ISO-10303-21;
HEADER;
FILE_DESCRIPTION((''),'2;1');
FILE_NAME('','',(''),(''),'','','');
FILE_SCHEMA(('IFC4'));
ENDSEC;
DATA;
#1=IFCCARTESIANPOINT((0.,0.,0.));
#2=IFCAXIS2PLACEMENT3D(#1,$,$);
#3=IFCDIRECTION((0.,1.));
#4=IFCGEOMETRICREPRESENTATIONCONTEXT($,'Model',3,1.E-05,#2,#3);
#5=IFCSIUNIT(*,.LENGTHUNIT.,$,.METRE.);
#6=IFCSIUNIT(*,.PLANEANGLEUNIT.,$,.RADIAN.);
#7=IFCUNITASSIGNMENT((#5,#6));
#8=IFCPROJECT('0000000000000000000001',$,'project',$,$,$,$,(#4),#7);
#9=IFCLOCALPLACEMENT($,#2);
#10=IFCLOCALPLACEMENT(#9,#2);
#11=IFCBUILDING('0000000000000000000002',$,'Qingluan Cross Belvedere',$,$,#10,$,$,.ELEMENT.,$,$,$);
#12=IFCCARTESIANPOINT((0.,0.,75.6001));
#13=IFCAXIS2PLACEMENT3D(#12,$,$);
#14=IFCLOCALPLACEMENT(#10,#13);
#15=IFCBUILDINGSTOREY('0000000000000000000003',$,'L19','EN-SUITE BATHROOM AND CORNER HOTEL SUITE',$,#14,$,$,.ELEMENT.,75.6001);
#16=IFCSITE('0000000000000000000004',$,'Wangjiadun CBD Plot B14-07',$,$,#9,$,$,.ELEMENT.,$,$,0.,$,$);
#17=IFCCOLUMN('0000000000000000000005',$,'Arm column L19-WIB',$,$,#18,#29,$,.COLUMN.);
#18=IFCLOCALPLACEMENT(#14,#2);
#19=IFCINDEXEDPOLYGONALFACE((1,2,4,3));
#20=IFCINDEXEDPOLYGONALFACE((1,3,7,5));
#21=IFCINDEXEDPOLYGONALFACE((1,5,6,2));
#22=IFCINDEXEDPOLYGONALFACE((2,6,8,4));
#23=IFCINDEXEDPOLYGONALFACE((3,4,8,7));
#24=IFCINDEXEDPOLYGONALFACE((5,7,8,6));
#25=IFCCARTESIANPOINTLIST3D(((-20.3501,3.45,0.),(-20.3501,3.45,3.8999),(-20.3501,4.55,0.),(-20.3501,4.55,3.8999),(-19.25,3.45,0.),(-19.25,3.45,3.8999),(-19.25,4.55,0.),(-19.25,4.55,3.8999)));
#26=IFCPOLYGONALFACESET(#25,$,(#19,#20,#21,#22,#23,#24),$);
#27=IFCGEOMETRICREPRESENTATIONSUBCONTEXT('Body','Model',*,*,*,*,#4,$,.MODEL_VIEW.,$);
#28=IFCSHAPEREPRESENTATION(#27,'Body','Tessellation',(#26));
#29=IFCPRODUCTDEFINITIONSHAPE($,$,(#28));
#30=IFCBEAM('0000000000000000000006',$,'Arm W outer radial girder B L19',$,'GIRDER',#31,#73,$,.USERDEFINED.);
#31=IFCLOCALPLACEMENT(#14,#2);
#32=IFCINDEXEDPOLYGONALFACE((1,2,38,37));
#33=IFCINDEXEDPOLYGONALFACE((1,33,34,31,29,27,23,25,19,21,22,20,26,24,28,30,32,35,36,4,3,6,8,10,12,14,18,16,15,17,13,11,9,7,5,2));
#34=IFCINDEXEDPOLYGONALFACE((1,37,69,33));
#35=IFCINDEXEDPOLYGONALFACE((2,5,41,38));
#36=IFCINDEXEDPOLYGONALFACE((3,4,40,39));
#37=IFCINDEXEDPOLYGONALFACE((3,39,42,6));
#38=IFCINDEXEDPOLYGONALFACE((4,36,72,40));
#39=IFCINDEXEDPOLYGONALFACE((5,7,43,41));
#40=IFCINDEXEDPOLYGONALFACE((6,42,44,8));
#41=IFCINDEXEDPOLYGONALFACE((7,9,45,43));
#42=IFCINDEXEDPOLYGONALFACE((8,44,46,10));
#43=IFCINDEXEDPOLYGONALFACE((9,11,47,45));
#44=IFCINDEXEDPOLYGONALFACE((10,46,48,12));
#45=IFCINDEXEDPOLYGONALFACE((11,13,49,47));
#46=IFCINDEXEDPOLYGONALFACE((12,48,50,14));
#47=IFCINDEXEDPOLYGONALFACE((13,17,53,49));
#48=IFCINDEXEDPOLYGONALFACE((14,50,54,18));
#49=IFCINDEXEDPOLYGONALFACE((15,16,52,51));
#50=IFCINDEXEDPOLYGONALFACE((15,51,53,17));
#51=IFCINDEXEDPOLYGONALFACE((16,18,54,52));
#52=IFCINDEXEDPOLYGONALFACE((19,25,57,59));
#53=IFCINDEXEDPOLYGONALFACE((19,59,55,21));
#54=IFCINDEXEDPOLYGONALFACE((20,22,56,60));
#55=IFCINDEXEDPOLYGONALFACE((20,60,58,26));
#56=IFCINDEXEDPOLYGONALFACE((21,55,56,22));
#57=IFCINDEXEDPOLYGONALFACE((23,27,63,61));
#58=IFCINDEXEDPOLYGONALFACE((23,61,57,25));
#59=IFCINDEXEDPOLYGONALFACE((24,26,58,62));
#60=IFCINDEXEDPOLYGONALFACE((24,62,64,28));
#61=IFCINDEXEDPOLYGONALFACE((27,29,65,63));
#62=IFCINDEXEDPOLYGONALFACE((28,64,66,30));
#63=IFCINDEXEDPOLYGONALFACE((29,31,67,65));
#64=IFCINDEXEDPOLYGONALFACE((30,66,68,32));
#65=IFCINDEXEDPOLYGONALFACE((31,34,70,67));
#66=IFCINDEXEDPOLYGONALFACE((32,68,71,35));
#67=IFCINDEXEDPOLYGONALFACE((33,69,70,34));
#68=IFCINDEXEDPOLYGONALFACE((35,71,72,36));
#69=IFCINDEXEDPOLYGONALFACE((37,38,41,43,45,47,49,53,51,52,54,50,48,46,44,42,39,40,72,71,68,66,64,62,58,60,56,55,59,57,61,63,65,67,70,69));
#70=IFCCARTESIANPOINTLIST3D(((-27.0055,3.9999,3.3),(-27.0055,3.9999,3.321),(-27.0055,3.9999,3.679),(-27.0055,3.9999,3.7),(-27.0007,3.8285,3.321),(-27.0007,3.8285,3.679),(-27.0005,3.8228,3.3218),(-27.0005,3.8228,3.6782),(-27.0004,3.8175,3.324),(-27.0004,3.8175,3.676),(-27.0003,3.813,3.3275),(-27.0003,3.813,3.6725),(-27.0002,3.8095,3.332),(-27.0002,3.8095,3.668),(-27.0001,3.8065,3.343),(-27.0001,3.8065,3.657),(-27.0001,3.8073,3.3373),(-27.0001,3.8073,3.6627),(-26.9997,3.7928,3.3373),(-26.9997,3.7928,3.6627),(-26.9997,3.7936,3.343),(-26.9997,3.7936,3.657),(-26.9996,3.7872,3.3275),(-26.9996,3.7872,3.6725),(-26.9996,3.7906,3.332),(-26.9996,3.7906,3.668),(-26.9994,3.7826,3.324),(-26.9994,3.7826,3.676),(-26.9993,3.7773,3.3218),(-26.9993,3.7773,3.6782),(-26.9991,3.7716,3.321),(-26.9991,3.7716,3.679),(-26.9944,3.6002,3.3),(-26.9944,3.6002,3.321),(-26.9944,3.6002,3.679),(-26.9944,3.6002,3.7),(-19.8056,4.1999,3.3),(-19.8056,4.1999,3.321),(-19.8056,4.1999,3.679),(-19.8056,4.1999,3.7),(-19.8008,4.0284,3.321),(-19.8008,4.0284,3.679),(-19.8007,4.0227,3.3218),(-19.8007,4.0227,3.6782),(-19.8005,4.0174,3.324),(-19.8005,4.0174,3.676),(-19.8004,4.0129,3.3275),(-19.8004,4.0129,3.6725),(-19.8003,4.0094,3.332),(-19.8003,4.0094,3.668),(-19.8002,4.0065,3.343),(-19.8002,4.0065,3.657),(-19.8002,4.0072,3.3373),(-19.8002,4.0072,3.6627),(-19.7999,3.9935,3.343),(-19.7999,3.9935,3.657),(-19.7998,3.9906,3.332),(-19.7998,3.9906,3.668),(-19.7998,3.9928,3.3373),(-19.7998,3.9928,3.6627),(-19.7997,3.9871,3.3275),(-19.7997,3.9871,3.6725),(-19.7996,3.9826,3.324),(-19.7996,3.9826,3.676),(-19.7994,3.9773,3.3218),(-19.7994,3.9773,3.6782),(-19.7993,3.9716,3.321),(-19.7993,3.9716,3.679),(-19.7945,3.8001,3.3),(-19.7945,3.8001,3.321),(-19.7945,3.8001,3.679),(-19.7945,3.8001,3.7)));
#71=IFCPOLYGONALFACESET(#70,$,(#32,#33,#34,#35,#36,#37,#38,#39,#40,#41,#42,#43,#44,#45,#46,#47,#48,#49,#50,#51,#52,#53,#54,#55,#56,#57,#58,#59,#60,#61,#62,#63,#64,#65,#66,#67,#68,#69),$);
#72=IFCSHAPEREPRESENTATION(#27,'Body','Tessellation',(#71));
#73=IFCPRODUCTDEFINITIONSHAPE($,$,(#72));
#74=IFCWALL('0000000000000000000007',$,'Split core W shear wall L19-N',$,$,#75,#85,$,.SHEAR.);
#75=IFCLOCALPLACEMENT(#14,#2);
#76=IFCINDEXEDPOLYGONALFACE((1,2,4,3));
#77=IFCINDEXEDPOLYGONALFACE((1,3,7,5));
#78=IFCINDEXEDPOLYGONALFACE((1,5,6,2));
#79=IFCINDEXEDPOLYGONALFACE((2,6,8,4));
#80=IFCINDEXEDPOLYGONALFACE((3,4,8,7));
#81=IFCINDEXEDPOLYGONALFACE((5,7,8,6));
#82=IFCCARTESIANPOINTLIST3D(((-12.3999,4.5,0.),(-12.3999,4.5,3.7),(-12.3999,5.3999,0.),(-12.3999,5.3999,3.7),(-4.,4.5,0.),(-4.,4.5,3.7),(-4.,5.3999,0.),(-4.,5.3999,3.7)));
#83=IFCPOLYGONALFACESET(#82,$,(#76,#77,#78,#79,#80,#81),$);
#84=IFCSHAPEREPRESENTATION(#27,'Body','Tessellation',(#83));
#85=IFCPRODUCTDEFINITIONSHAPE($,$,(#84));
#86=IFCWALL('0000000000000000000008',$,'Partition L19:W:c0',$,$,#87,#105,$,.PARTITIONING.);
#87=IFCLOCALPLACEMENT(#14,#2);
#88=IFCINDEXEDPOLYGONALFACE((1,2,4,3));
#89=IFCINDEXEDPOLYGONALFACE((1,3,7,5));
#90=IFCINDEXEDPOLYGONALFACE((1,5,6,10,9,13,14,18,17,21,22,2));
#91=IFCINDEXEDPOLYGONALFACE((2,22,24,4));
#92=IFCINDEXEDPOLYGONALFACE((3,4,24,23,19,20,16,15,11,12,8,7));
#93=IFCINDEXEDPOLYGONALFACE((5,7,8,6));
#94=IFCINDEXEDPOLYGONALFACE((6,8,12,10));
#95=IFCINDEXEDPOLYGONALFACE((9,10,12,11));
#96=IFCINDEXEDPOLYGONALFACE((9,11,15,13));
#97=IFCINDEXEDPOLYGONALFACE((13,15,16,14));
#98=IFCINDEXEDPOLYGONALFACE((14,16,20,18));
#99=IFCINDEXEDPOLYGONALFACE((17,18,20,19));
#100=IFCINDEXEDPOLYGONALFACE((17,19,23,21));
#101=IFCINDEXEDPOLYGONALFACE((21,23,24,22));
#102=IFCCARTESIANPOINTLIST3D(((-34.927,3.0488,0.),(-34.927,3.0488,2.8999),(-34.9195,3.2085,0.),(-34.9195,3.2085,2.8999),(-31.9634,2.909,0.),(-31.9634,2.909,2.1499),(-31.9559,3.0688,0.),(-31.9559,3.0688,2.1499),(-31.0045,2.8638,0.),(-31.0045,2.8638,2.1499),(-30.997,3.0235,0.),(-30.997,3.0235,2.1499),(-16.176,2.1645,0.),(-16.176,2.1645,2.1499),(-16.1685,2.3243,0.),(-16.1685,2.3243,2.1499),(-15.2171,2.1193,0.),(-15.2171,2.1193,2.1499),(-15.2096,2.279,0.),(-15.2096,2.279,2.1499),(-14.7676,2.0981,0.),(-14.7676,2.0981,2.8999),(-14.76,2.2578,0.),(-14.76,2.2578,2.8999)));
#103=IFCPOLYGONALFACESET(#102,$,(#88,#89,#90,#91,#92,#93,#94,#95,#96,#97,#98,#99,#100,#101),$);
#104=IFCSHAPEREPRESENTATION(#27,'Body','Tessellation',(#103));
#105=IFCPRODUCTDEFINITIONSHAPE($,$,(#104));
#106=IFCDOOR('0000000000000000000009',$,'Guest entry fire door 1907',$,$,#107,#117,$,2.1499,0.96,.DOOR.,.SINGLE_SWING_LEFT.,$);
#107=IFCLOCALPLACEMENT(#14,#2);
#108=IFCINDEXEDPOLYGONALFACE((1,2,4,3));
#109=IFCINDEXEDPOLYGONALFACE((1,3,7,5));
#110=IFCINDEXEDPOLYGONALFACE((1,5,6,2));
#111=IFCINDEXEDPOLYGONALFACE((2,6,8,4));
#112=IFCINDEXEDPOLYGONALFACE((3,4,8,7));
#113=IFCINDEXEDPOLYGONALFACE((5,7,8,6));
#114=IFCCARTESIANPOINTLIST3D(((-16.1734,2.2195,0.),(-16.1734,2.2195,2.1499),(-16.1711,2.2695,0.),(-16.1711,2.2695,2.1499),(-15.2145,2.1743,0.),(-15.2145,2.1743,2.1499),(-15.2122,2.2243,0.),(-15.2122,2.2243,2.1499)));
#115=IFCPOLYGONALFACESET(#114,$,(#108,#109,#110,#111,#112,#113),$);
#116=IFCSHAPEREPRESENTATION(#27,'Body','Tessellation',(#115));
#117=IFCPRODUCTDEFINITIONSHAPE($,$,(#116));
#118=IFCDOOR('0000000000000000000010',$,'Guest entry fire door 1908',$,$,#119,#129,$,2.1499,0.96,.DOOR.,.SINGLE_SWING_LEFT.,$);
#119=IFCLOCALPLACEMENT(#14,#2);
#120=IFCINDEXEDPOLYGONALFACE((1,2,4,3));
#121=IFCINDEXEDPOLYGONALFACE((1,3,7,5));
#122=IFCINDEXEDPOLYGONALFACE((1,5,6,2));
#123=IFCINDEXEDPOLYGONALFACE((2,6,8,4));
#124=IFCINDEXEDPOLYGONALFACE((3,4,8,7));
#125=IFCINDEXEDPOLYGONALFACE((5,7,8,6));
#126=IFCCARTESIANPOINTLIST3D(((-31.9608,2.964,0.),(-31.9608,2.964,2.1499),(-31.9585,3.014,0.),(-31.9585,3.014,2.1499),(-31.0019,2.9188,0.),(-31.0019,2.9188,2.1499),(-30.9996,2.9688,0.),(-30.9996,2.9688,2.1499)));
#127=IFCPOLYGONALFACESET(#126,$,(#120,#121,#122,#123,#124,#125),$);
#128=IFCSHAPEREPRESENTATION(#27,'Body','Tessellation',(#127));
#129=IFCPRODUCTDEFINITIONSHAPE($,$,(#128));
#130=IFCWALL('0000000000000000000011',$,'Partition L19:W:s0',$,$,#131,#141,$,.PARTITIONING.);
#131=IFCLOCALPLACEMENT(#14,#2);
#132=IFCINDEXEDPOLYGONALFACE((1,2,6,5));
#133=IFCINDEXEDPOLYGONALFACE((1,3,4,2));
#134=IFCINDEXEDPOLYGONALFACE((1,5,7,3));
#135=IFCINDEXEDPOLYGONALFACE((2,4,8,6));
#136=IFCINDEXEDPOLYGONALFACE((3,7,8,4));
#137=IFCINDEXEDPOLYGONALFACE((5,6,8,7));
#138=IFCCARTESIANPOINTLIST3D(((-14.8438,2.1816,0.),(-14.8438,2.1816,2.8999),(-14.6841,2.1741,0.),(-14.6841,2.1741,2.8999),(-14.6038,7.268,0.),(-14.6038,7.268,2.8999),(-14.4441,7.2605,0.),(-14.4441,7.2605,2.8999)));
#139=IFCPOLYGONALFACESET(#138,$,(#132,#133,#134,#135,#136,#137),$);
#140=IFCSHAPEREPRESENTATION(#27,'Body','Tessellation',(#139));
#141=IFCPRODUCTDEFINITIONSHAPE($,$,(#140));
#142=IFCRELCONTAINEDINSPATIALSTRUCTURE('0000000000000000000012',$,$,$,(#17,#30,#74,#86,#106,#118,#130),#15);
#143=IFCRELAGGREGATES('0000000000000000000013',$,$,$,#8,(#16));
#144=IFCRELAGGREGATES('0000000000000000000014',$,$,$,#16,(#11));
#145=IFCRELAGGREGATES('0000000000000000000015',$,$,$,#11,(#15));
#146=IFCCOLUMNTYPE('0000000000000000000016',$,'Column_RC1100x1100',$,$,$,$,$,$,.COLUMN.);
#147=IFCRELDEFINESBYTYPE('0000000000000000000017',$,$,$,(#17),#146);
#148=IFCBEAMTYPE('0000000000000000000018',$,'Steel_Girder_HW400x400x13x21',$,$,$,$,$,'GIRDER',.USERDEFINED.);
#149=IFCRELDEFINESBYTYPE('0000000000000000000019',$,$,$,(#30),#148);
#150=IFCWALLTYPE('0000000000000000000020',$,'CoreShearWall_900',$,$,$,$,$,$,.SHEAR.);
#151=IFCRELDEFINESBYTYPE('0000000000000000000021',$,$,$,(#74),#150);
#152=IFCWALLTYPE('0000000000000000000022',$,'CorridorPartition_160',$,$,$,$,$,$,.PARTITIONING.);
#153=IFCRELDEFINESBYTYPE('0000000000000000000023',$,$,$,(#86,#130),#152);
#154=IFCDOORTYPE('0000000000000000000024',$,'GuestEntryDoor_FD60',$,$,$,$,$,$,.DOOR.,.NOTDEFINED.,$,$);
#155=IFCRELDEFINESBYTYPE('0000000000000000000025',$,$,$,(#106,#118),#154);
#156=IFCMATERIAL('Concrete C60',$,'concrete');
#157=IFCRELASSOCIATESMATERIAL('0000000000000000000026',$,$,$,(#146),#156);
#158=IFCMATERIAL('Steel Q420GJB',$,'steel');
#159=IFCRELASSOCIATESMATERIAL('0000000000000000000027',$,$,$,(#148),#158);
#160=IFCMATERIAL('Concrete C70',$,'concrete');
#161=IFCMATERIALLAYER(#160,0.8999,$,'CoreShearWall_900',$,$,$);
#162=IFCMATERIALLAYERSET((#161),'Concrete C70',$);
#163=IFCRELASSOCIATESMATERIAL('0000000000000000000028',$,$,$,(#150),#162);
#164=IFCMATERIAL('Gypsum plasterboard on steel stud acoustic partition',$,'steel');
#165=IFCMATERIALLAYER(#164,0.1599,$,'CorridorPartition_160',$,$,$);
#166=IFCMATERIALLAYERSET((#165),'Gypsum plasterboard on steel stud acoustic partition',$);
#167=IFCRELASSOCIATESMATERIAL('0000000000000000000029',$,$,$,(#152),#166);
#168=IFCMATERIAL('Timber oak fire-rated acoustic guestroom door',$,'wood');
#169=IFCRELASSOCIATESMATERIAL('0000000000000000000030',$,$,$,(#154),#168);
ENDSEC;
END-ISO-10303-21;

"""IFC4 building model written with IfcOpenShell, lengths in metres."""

from ifc_helpers import new_model, si_unit, direction, frame, frame_2d, origin, origin_2d, place, context, subcontext, project, spatial, rectangle, i_section, extrude, material, layer, layer_set, material_profile, profile_set, type_object, element, fill, save


model = new_model("IFC4")

# Units and contexts
model_context = context("Model", 3, precision=1e-05, world=origin(), true_north=direction((0.0, 1.0)))
body_context = subcontext(model_context, "Body", "Model", "MODEL_VIEW")
ifc_project = project(units=[si_unit("LENGTHUNIT", "METRE"), si_unit("PLANEANGLEUNIT", "RADIAN")], contexts=[model_context])

# Site, building, storey
site_placement = place(None, origin())
site = spatial("IfcSite", under=ifc_project, at=site_placement, Name="Wangjiadun CBD Plot B14-07", CompositionType="ELEMENT", RefElevation=0.0)
building_placement = place(site_placement, origin())
building = spatial("IfcBuilding", under=site, at=building_placement, Name="Qingluan Cross Belvedere", CompositionType="ELEMENT")
storey_placement = place(building_placement, frame((0.0, 0.0, 75.6001)))
storey = spatial("IfcBuildingStorey", under=building, at=storey_placement, Name="L19", Description="EN-SUITE BATHROOM AND CORNER HOTEL SUITE", CompositionType="ELEMENT", Elevation=75.6001)

# Column
ifc_material_1 = material(Name="Concrete C60", Category="concrete")
ifc_material_profile_1 = material_profile(ifc_material_1, rectangle(XDim=1.1001, YDim=1.1001, at=origin_2d()), Name="RC1100x1100")
ifc_profile_set_1 = profile_set([ifc_material_profile_1], Name="Concrete C60")
column_type = type_object("IfcColumnType", Name="Column_RC1100x1100", PredefinedType="COLUMN", material=ifc_profile_set_1)
column_placement = place(storey_placement, frame((-19.8, 4.0, 0.0), z_axis=(0.0, 0.0, 1.0), x_axis=(1.0, 0.0, 0.0)))
element("IfcColumn", 1, at=column_placement, inside=storey, type_object=column_type, Name="Arm column L19-WIB", PredefinedType="COLUMN", context=body_context, shape_type="SweptSolid", body=[
    extrude(rectangle(XDim=1.1001, YDim=1.1001, at=origin_2d()), origin(), (0.0, 0.0, 1.0), 3.8999),
])

# Beam
ifc_material_2 = material(Name="Steel Q420GJB", Category="steel")
ifc_material_profile_2 = material_profile(ifc_material_2, i_section(OverallWidth=0.3999, OverallDepth=0.3999, WebThickness=0.0129, FlangeThickness=0.021, FilletRadius=0.022, at=origin_2d()), Name="HW400x400x13x21")
ifc_profile_set_2 = profile_set([ifc_material_profile_2], Name="Steel Q420GJB")
beam_type = type_object("IfcBeamType", Name="Steel_Girder_HW400x400x13x21", ElementType="GIRDER", PredefinedType="USERDEFINED", material=ifc_profile_set_2)
beam_placement = place(storey_placement, frame((-19.8, 4.0, 3.5), z_axis=(-0.999615, -0.02776, 0.0), x_axis=(0.02776, -0.999615, 0.0)))
element("IfcBeam", 2, at=beam_placement, inside=storey, type_object=beam_type, Name="Arm W outer radial girder B L19", ObjectType="GIRDER", PredefinedType="USERDEFINED", context=body_context, shape_type="SweptSolid", body=[
    extrude(i_section(OverallWidth=0.3999, OverallDepth=0.3999, WebThickness=0.0129, FlangeThickness=0.021, FilletRadius=0.022, at=origin_2d()), origin(), (0.0, 0.0, 1.0), 7.2026),
])

# Wall
ifc_material_3 = material(Name="Concrete C70", Category="concrete")
ifc_layer_1 = layer(ifc_material_3, 0.8999, Name="CoreShearWall_900")
ifc_layer_set_1 = layer_set([ifc_layer_1], Name="Concrete C70")
wall_type_1 = type_object("IfcWallType", Name="CoreShearWall_900", PredefinedType="SHEAR", material=ifc_layer_set_1)
wall_1_placement = place(storey_placement, frame((-12.3999, 4.95, 0.0), z_axis=(0.0, 0.0, 1.0), x_axis=(1.0, 0.0, 0.0)))
element("IfcWall", 3, at=wall_1_placement, inside=storey, type_object=wall_type_1, Name="Split core W shear wall L19-N", PredefinedType="SHEAR", context=body_context, shape_type="SweptSolid", body=[
    extrude(rectangle(XDim=8.3999, YDim=0.8999, at=frame_2d((4.2, 0.0))), origin(), (0.0, 0.0, 1.0), 3.7),
])

# Wall, openings, doors
ifc_material_4 = material(Name="Gypsum plasterboard on steel stud acoustic partition", Category="steel")
ifc_layer_2 = layer(ifc_material_4, 0.1599, Name="CorridorPartition_160")
ifc_layer_set_2 = layer_set([ifc_layer_2], Name="Gypsum plasterboard on steel stud acoustic partition")
wall_type_2 = type_object("IfcWallType", Name="CorridorPartition_160", PredefinedType="PARTITIONING", material=ifc_layer_set_2)
wall_2_placement = place(storey_placement, frame((-14.7639, 2.178, 0.0), z_axis=(0.0, 0.0, 1.0), x_axis=(-0.99889, 0.047106, 0.0)))
wall_2 = element("IfcWall", 4, at=wall_2_placement, inside=storey, type_object=wall_type_2, Name="Partition L19:W:c0", PredefinedType="PARTITIONING", context=body_context, shape_type="SweptSolid", body=[
    extrude(rectangle(XDim=20.1819, YDim=0.1599, at=frame_2d((10.0908, 0.0))), origin(), (0.0, 0.0, 1.0), 2.8999),
])
opening_1_placement = place(wall_2_placement, frame((0.45, 0.0, 0.0)))
opening_1 = element("IfcOpeningElement", 5, at=opening_1_placement, cuts=wall_2, PredefinedType="OPENING", context=body_context, shape_type="SweptSolid", body=[
    extrude(rectangle(XDim=0.96, YDim=2.1499, at=frame_2d((0.48, 1.075))), frame((0.0, 0.0898, 0.0), z_axis=(0.0, -1.0, 0.0), x_axis=(1.0, 0.0, 0.0)), (0.0, 0.0, 1.0), 0.1799),
])
opening_2_placement = place(wall_2_placement, frame((16.2549, 0.0, 0.0)))
opening_2 = element("IfcOpeningElement", 6, at=opening_2_placement, cuts=wall_2, PredefinedType="OPENING", context=body_context, shape_type="SweptSolid", body=[
    extrude(rectangle(XDim=0.96, YDim=2.1499, at=frame_2d((0.48, 1.075))), frame((0.0, 0.0898, 0.0), z_axis=(0.0, -1.0, 0.0), x_axis=(1.0, 0.0, 0.0)), (0.0, 0.0, 1.0), 0.1799),
])
ifc_material_5 = material(Name="Timber oak fire-rated acoustic guestroom door", Category="wood")
door_type = type_object("IfcDoorType", Name="GuestEntryDoor_FD60", OperationType="NOTDEFINED", PredefinedType="DOOR", material=ifc_material_5)
door_1_placement = place(opening_1_placement, origin())
door_1 = element("IfcDoor", 7, at=door_1_placement, inside=storey, type_object=door_type, Name="Guest entry fire door 1907", OperationType="SINGLE_SWING_LEFT", OverallHeight=2.1499, OverallWidth=0.96, PredefinedType="DOOR", context=body_context, shape_type="SweptSolid", body=[
    extrude(rectangle(XDim=0.96, YDim=2.1499, at=frame_2d((0.48, 1.075))), frame((0.0, 0.0249, 0.0), z_axis=(0.0, -1.0, 0.0), x_axis=(1.0, 0.0, 0.0)), (0.0, 0.0, 1.0), 0.05),
])
fill(opening_1, door_1)
door_2_placement = place(opening_2_placement, origin())
door_2 = element("IfcDoor", 8, at=door_2_placement, inside=storey, type_object=door_type, Name="Guest entry fire door 1908", OperationType="SINGLE_SWING_LEFT", OverallHeight=2.1499, OverallWidth=0.96, PredefinedType="DOOR", context=body_context, shape_type="SweptSolid", body=[
    extrude(rectangle(XDim=0.96, YDim=2.1499, at=frame_2d((0.48, 1.075))), frame((0.0, 0.0249, 0.0), z_axis=(0.0, -1.0, 0.0), x_axis=(1.0, 0.0, 0.0)), (0.0, 0.0, 1.0), 0.05),
])
fill(opening_2, door_2)

# Wall
wall_3_placement = place(storey_placement, frame((-14.7639, 2.178, 0.0), z_axis=(0.0, 0.0, 1.0), x_axis=(0.04713, 0.998889, 0.0)))
element("IfcWall", 9, at=wall_3_placement, inside=storey, type_object=wall_type_2, Name="Partition L19:W:s0", PredefinedType="PARTITIONING", context=body_context, shape_type="SweptSolid", body=[
    extrude(rectangle(XDim=5.092, YDim=0.1599, at=frame_2d((2.5459, 0.0))), origin(), (0.0, 0.0, 1.0), 2.8999),
])

save(model, "model.ifc")
